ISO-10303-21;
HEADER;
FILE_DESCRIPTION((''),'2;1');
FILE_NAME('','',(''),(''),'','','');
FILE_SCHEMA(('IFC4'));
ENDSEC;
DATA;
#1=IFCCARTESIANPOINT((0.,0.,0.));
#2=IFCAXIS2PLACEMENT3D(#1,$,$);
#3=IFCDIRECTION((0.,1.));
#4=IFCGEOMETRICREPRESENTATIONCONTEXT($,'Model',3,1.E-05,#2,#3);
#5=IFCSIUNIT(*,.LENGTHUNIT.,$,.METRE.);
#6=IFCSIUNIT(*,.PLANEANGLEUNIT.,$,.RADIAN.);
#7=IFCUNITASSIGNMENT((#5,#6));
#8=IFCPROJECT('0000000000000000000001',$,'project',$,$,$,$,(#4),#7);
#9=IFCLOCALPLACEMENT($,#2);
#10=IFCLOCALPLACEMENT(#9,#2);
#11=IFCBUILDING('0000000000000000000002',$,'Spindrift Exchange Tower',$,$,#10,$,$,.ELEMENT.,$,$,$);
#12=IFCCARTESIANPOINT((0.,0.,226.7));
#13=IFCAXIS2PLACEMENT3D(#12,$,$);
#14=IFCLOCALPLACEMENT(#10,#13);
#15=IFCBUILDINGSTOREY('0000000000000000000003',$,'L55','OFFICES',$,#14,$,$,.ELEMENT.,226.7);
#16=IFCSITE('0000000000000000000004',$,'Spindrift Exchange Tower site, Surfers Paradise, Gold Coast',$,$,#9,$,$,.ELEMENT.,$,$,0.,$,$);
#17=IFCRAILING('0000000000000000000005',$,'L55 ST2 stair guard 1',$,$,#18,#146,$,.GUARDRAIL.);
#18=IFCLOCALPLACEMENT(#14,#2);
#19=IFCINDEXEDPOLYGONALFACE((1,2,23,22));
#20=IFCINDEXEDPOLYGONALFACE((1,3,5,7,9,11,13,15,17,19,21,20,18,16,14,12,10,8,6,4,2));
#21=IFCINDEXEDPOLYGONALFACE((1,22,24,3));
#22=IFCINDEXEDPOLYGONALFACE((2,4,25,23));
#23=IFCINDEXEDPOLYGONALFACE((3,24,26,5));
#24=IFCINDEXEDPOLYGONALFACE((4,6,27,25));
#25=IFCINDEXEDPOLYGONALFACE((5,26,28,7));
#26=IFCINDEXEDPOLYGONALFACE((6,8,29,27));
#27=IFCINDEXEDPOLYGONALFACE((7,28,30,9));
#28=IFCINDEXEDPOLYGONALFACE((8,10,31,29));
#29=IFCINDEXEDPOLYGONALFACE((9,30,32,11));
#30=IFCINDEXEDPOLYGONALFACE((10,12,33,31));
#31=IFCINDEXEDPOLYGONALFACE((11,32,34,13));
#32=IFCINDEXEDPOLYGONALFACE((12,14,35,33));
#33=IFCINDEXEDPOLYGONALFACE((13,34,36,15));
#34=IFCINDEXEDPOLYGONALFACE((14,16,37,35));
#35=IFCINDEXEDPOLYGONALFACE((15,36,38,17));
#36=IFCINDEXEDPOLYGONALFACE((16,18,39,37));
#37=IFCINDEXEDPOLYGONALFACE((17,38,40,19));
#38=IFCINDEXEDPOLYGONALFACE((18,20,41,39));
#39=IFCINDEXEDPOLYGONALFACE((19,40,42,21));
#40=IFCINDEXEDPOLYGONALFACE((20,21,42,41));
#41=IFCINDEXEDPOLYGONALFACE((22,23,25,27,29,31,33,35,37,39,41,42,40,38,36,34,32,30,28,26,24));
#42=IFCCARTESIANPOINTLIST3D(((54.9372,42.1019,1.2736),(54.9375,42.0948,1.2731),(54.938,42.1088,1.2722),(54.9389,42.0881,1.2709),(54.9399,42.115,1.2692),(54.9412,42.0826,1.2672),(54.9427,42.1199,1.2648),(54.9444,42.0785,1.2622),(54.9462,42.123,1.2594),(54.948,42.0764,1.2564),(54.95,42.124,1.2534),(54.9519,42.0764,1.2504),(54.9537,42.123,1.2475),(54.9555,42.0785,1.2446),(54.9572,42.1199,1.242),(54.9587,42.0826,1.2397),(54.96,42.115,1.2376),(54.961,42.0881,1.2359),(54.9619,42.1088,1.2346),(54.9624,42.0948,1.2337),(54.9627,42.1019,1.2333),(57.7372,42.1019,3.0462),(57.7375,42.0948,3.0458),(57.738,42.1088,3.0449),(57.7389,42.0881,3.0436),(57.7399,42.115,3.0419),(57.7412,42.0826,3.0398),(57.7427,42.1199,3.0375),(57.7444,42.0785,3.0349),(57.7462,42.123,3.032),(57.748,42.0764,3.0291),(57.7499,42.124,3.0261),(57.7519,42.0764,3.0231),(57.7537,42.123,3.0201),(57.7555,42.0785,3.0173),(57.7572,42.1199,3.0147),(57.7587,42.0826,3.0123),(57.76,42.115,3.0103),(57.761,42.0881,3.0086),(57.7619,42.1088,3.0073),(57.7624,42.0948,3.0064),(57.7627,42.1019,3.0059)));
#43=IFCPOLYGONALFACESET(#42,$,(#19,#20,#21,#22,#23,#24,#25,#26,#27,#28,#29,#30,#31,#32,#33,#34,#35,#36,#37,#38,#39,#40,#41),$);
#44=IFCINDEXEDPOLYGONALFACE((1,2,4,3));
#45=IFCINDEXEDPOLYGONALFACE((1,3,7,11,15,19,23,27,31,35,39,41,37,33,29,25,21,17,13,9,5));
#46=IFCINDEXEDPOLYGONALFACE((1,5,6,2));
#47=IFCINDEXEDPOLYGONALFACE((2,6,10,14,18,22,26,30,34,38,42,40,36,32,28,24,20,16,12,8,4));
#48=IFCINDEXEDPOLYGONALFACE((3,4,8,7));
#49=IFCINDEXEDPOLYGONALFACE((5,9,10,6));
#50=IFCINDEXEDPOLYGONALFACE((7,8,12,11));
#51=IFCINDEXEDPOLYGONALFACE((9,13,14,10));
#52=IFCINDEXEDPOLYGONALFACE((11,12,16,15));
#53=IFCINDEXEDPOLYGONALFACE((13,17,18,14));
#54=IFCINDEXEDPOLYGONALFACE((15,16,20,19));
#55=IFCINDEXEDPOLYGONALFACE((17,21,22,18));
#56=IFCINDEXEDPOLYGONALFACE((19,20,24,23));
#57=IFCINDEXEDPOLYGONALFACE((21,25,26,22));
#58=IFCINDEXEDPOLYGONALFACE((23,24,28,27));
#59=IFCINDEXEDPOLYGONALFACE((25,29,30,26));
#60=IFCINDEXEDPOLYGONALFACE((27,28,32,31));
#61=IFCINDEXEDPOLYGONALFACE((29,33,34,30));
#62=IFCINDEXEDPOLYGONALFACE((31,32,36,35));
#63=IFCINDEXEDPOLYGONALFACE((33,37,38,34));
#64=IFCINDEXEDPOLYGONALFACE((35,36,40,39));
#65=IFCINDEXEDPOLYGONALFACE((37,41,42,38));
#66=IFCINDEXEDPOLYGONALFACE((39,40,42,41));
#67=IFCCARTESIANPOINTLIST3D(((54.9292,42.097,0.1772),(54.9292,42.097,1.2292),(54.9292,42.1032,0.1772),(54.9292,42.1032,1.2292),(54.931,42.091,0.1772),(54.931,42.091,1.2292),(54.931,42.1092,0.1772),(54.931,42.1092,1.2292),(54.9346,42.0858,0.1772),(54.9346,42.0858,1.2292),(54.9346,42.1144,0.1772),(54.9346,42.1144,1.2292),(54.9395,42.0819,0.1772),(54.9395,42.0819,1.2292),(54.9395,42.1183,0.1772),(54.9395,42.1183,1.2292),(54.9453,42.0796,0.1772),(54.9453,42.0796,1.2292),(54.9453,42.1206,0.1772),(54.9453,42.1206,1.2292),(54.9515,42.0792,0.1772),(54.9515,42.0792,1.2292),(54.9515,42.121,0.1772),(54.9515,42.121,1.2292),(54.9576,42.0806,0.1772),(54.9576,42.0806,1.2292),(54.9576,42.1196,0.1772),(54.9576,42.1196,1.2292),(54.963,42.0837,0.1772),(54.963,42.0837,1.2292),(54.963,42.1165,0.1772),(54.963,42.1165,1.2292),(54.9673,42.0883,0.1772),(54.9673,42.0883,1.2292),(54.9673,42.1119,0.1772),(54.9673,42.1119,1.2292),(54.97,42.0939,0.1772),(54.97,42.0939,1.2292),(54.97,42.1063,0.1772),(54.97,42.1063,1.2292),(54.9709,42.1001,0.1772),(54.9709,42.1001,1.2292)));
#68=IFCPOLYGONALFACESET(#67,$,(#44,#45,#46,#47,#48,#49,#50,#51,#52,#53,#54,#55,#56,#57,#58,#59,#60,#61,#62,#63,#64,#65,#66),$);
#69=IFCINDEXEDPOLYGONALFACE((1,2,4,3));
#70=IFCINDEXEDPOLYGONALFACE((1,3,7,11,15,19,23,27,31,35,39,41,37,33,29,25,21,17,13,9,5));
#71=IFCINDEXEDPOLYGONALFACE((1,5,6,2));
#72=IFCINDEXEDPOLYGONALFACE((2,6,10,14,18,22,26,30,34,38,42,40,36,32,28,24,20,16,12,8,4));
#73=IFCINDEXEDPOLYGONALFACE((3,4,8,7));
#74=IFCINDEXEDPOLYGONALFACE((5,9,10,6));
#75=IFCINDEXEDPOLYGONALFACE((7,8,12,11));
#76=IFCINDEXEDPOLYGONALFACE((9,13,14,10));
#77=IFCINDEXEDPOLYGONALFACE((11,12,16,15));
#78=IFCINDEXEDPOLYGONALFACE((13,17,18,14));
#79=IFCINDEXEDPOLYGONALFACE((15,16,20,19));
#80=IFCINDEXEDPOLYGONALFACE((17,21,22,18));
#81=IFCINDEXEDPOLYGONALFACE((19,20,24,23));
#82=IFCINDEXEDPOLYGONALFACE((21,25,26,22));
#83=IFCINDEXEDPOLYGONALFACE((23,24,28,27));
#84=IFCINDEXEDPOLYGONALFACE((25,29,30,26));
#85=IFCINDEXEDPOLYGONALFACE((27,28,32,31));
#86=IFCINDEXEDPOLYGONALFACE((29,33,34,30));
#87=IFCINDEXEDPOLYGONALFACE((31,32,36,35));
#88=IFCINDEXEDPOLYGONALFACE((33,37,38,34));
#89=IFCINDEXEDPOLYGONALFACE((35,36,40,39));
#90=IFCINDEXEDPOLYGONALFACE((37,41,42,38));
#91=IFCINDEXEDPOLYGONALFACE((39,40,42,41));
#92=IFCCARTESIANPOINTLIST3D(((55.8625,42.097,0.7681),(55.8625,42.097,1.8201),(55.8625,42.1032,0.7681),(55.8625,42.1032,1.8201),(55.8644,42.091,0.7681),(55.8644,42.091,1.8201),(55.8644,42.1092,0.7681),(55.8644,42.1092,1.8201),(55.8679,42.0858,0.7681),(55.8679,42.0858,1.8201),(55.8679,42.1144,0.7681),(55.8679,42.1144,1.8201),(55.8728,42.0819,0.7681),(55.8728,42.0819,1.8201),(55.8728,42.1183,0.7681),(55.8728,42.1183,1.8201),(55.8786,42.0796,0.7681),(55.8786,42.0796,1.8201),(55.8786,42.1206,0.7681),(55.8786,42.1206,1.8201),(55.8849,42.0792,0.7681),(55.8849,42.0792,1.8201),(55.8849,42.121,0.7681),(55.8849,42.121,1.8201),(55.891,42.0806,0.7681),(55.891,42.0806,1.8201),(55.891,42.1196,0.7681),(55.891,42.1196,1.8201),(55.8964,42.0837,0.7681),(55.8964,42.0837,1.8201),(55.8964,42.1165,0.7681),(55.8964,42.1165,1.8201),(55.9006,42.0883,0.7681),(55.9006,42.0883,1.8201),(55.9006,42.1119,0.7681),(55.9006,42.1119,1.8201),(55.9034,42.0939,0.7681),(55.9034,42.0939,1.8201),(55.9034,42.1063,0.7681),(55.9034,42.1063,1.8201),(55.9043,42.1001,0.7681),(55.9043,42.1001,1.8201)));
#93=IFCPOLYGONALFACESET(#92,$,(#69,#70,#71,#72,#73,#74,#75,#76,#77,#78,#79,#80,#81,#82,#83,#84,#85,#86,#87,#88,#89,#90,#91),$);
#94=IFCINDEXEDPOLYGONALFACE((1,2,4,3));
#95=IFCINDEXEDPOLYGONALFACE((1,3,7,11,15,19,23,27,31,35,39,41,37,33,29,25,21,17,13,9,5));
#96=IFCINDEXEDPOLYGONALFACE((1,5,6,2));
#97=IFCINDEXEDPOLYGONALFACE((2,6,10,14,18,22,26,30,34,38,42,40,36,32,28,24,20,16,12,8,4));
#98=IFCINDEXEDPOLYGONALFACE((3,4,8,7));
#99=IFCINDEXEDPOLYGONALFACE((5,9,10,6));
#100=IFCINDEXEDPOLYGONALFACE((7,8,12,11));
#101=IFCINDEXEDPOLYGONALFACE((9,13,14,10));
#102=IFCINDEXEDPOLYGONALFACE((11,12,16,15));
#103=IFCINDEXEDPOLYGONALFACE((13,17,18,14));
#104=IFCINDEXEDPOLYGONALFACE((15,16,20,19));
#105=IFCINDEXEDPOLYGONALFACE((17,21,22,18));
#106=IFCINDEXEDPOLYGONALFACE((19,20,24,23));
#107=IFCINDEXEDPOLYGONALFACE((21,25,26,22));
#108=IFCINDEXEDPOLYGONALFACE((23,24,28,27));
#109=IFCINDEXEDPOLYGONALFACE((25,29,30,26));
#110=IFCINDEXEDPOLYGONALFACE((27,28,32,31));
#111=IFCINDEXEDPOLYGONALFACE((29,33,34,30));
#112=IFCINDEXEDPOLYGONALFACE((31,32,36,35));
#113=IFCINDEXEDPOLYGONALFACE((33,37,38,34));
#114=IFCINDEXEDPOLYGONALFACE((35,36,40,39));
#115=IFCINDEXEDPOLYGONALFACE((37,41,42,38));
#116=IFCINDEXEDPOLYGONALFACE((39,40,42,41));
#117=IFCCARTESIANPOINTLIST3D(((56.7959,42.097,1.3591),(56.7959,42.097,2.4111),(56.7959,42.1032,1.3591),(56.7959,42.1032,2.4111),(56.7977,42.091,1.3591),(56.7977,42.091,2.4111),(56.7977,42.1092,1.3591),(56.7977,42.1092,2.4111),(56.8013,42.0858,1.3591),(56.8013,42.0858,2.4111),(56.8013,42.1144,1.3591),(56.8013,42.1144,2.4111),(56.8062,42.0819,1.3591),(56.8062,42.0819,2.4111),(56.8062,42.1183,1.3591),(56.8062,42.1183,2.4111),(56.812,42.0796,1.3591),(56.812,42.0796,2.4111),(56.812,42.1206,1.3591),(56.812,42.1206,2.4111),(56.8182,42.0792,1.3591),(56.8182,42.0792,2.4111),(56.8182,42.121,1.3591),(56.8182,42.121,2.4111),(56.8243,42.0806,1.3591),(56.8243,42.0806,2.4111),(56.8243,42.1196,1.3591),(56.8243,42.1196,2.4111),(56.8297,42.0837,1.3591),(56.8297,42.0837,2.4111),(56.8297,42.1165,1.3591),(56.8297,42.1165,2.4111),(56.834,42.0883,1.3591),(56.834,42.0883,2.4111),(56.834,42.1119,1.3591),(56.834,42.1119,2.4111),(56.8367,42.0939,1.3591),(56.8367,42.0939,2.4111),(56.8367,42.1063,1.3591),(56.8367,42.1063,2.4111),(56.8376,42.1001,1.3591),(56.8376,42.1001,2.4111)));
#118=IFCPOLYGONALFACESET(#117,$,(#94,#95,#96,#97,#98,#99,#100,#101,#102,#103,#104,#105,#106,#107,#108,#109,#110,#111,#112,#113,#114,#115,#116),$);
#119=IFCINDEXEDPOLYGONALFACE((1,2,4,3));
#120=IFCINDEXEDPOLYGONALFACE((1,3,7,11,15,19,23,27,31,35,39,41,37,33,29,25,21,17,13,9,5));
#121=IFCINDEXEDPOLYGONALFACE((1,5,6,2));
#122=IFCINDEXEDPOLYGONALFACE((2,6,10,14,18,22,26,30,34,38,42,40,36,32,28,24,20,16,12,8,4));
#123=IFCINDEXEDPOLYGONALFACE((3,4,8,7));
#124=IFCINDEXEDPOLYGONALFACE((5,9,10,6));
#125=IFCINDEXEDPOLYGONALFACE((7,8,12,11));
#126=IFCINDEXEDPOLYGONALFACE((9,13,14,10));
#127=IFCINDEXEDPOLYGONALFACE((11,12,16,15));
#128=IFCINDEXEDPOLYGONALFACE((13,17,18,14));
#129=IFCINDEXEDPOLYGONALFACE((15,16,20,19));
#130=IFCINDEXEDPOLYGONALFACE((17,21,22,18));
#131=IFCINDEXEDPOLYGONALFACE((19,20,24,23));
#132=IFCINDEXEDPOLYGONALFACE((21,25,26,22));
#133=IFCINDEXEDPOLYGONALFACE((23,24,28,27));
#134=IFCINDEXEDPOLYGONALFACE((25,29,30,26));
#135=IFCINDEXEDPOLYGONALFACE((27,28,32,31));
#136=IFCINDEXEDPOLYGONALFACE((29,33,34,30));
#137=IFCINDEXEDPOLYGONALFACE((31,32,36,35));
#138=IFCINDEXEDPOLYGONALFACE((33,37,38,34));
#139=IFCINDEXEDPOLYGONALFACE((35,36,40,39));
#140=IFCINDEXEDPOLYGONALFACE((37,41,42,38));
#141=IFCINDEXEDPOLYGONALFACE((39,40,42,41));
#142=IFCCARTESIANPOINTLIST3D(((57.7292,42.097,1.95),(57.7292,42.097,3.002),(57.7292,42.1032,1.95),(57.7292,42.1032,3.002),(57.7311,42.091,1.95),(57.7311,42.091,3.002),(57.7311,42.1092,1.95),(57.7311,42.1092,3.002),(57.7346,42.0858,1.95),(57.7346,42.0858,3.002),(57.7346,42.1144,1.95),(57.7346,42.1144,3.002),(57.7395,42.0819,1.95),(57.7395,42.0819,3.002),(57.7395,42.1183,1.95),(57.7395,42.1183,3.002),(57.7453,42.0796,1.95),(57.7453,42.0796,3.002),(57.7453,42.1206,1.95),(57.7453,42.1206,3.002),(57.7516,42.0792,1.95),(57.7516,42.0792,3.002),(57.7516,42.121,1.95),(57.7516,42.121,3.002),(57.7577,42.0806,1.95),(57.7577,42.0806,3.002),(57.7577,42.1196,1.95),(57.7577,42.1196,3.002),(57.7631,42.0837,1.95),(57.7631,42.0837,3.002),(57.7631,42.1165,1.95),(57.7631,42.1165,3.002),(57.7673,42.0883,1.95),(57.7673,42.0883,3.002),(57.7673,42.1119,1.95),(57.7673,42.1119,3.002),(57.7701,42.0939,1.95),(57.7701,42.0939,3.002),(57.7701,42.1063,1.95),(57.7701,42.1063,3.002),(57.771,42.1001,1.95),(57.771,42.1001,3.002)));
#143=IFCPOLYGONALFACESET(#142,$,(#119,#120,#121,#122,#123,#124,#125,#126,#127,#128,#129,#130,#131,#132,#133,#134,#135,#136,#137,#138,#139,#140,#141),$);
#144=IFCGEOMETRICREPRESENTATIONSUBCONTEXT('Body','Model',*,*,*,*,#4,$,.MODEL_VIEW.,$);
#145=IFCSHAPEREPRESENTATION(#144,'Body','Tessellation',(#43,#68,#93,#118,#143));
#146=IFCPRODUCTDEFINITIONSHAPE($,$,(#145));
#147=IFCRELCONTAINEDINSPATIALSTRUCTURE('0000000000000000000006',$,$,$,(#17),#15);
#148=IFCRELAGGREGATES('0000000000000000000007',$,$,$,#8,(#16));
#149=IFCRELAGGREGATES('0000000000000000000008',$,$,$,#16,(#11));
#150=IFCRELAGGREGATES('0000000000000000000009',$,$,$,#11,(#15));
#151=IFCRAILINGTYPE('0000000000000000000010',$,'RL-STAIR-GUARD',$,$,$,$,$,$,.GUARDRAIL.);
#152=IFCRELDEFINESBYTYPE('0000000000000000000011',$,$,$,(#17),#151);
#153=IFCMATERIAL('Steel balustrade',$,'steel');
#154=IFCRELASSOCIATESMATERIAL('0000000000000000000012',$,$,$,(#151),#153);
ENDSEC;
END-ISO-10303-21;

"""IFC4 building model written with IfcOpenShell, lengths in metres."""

from ifc_helpers import new_model, si_unit, direction, frame, origin, origin_2d, place, context, subcontext, project, spatial, circle, extrude, material, type_object, element, save


model = new_model("IFC4")

# Units and contexts
model_context = context("Model", 3, precision=1e-05, world=origin(), true_north=direction((0.0, 1.0)))
body_context = subcontext(model_context, "Body", "Model", "MODEL_VIEW")
ifc_project = project(units=[si_unit("LENGTHUNIT", "METRE"), si_unit("PLANEANGLEUNIT", "RADIAN")], contexts=[model_context])

# Site, building, storey
site_placement = place(None, origin())
site = spatial("IfcSite", under=ifc_project, at=site_placement, Name="Spindrift Exchange Tower site, Surfers Paradise, Gold Coast", CompositionType="ELEMENT", RefElevation=0.0)
building_placement = place(site_placement, origin())
building = spatial("IfcBuilding", under=site, at=building_placement, Name="Spindrift Exchange Tower", CompositionType="ELEMENT")
storey_placement = place(building_placement, frame((0.0, 0.0, 226.7)))
storey = spatial("IfcBuildingStorey", under=building, at=storey_placement, Name="L55", Description="OFFICES", CompositionType="ELEMENT", Elevation=226.7)

# Railing
ifc_material_1 = material(Name="Steel balustrade", Category="steel")
railing_type_1 = type_object("IfcRailingType", Name="RL-STAIR-GUARD", PredefinedType="GUARDRAIL", material=ifc_material_1)
railing_1_placement = place(storey_placement, frame((54.95, 42.1001, 0.1772)))
element("IfcRailing", 1, at=railing_1_placement, inside=storey, type_object=railing_type_1, Name="L55 ST2 stair guard 1", PredefinedType="GUARDRAIL", context=body_context, shape_type="SweptSolid", body=[
    extrude(circle(Radius=0.0239, at=origin_2d()), frame((0.0, 0.0, 1.0762), z_axis=(0.844909, 0.0, 0.53491), x_axis=(0.0, 1.0, 0.0)), (0.0, 0.0, 1.0), 3.314),
    extrude(circle(Radius=0.021, at=origin_2d()), origin(), (0.0, 0.0, 1.0), 1.052),
    extrude(circle(Radius=0.021, at=origin_2d()), frame((0.9333, 0.0, 0.5908)), (0.0, 0.0, 1.0), 1.052),
    extrude(circle(Radius=0.021, at=origin_2d()), frame((1.8667, 0.0, 1.1819)), (0.0, 0.0, 1.0), 1.052),
    extrude(circle(Radius=0.021, at=origin_2d()), frame((2.8, 0.0, 1.7727)), (0.0, 0.0, 1.0), 1.052),
])

save(model, "model.ifc")
